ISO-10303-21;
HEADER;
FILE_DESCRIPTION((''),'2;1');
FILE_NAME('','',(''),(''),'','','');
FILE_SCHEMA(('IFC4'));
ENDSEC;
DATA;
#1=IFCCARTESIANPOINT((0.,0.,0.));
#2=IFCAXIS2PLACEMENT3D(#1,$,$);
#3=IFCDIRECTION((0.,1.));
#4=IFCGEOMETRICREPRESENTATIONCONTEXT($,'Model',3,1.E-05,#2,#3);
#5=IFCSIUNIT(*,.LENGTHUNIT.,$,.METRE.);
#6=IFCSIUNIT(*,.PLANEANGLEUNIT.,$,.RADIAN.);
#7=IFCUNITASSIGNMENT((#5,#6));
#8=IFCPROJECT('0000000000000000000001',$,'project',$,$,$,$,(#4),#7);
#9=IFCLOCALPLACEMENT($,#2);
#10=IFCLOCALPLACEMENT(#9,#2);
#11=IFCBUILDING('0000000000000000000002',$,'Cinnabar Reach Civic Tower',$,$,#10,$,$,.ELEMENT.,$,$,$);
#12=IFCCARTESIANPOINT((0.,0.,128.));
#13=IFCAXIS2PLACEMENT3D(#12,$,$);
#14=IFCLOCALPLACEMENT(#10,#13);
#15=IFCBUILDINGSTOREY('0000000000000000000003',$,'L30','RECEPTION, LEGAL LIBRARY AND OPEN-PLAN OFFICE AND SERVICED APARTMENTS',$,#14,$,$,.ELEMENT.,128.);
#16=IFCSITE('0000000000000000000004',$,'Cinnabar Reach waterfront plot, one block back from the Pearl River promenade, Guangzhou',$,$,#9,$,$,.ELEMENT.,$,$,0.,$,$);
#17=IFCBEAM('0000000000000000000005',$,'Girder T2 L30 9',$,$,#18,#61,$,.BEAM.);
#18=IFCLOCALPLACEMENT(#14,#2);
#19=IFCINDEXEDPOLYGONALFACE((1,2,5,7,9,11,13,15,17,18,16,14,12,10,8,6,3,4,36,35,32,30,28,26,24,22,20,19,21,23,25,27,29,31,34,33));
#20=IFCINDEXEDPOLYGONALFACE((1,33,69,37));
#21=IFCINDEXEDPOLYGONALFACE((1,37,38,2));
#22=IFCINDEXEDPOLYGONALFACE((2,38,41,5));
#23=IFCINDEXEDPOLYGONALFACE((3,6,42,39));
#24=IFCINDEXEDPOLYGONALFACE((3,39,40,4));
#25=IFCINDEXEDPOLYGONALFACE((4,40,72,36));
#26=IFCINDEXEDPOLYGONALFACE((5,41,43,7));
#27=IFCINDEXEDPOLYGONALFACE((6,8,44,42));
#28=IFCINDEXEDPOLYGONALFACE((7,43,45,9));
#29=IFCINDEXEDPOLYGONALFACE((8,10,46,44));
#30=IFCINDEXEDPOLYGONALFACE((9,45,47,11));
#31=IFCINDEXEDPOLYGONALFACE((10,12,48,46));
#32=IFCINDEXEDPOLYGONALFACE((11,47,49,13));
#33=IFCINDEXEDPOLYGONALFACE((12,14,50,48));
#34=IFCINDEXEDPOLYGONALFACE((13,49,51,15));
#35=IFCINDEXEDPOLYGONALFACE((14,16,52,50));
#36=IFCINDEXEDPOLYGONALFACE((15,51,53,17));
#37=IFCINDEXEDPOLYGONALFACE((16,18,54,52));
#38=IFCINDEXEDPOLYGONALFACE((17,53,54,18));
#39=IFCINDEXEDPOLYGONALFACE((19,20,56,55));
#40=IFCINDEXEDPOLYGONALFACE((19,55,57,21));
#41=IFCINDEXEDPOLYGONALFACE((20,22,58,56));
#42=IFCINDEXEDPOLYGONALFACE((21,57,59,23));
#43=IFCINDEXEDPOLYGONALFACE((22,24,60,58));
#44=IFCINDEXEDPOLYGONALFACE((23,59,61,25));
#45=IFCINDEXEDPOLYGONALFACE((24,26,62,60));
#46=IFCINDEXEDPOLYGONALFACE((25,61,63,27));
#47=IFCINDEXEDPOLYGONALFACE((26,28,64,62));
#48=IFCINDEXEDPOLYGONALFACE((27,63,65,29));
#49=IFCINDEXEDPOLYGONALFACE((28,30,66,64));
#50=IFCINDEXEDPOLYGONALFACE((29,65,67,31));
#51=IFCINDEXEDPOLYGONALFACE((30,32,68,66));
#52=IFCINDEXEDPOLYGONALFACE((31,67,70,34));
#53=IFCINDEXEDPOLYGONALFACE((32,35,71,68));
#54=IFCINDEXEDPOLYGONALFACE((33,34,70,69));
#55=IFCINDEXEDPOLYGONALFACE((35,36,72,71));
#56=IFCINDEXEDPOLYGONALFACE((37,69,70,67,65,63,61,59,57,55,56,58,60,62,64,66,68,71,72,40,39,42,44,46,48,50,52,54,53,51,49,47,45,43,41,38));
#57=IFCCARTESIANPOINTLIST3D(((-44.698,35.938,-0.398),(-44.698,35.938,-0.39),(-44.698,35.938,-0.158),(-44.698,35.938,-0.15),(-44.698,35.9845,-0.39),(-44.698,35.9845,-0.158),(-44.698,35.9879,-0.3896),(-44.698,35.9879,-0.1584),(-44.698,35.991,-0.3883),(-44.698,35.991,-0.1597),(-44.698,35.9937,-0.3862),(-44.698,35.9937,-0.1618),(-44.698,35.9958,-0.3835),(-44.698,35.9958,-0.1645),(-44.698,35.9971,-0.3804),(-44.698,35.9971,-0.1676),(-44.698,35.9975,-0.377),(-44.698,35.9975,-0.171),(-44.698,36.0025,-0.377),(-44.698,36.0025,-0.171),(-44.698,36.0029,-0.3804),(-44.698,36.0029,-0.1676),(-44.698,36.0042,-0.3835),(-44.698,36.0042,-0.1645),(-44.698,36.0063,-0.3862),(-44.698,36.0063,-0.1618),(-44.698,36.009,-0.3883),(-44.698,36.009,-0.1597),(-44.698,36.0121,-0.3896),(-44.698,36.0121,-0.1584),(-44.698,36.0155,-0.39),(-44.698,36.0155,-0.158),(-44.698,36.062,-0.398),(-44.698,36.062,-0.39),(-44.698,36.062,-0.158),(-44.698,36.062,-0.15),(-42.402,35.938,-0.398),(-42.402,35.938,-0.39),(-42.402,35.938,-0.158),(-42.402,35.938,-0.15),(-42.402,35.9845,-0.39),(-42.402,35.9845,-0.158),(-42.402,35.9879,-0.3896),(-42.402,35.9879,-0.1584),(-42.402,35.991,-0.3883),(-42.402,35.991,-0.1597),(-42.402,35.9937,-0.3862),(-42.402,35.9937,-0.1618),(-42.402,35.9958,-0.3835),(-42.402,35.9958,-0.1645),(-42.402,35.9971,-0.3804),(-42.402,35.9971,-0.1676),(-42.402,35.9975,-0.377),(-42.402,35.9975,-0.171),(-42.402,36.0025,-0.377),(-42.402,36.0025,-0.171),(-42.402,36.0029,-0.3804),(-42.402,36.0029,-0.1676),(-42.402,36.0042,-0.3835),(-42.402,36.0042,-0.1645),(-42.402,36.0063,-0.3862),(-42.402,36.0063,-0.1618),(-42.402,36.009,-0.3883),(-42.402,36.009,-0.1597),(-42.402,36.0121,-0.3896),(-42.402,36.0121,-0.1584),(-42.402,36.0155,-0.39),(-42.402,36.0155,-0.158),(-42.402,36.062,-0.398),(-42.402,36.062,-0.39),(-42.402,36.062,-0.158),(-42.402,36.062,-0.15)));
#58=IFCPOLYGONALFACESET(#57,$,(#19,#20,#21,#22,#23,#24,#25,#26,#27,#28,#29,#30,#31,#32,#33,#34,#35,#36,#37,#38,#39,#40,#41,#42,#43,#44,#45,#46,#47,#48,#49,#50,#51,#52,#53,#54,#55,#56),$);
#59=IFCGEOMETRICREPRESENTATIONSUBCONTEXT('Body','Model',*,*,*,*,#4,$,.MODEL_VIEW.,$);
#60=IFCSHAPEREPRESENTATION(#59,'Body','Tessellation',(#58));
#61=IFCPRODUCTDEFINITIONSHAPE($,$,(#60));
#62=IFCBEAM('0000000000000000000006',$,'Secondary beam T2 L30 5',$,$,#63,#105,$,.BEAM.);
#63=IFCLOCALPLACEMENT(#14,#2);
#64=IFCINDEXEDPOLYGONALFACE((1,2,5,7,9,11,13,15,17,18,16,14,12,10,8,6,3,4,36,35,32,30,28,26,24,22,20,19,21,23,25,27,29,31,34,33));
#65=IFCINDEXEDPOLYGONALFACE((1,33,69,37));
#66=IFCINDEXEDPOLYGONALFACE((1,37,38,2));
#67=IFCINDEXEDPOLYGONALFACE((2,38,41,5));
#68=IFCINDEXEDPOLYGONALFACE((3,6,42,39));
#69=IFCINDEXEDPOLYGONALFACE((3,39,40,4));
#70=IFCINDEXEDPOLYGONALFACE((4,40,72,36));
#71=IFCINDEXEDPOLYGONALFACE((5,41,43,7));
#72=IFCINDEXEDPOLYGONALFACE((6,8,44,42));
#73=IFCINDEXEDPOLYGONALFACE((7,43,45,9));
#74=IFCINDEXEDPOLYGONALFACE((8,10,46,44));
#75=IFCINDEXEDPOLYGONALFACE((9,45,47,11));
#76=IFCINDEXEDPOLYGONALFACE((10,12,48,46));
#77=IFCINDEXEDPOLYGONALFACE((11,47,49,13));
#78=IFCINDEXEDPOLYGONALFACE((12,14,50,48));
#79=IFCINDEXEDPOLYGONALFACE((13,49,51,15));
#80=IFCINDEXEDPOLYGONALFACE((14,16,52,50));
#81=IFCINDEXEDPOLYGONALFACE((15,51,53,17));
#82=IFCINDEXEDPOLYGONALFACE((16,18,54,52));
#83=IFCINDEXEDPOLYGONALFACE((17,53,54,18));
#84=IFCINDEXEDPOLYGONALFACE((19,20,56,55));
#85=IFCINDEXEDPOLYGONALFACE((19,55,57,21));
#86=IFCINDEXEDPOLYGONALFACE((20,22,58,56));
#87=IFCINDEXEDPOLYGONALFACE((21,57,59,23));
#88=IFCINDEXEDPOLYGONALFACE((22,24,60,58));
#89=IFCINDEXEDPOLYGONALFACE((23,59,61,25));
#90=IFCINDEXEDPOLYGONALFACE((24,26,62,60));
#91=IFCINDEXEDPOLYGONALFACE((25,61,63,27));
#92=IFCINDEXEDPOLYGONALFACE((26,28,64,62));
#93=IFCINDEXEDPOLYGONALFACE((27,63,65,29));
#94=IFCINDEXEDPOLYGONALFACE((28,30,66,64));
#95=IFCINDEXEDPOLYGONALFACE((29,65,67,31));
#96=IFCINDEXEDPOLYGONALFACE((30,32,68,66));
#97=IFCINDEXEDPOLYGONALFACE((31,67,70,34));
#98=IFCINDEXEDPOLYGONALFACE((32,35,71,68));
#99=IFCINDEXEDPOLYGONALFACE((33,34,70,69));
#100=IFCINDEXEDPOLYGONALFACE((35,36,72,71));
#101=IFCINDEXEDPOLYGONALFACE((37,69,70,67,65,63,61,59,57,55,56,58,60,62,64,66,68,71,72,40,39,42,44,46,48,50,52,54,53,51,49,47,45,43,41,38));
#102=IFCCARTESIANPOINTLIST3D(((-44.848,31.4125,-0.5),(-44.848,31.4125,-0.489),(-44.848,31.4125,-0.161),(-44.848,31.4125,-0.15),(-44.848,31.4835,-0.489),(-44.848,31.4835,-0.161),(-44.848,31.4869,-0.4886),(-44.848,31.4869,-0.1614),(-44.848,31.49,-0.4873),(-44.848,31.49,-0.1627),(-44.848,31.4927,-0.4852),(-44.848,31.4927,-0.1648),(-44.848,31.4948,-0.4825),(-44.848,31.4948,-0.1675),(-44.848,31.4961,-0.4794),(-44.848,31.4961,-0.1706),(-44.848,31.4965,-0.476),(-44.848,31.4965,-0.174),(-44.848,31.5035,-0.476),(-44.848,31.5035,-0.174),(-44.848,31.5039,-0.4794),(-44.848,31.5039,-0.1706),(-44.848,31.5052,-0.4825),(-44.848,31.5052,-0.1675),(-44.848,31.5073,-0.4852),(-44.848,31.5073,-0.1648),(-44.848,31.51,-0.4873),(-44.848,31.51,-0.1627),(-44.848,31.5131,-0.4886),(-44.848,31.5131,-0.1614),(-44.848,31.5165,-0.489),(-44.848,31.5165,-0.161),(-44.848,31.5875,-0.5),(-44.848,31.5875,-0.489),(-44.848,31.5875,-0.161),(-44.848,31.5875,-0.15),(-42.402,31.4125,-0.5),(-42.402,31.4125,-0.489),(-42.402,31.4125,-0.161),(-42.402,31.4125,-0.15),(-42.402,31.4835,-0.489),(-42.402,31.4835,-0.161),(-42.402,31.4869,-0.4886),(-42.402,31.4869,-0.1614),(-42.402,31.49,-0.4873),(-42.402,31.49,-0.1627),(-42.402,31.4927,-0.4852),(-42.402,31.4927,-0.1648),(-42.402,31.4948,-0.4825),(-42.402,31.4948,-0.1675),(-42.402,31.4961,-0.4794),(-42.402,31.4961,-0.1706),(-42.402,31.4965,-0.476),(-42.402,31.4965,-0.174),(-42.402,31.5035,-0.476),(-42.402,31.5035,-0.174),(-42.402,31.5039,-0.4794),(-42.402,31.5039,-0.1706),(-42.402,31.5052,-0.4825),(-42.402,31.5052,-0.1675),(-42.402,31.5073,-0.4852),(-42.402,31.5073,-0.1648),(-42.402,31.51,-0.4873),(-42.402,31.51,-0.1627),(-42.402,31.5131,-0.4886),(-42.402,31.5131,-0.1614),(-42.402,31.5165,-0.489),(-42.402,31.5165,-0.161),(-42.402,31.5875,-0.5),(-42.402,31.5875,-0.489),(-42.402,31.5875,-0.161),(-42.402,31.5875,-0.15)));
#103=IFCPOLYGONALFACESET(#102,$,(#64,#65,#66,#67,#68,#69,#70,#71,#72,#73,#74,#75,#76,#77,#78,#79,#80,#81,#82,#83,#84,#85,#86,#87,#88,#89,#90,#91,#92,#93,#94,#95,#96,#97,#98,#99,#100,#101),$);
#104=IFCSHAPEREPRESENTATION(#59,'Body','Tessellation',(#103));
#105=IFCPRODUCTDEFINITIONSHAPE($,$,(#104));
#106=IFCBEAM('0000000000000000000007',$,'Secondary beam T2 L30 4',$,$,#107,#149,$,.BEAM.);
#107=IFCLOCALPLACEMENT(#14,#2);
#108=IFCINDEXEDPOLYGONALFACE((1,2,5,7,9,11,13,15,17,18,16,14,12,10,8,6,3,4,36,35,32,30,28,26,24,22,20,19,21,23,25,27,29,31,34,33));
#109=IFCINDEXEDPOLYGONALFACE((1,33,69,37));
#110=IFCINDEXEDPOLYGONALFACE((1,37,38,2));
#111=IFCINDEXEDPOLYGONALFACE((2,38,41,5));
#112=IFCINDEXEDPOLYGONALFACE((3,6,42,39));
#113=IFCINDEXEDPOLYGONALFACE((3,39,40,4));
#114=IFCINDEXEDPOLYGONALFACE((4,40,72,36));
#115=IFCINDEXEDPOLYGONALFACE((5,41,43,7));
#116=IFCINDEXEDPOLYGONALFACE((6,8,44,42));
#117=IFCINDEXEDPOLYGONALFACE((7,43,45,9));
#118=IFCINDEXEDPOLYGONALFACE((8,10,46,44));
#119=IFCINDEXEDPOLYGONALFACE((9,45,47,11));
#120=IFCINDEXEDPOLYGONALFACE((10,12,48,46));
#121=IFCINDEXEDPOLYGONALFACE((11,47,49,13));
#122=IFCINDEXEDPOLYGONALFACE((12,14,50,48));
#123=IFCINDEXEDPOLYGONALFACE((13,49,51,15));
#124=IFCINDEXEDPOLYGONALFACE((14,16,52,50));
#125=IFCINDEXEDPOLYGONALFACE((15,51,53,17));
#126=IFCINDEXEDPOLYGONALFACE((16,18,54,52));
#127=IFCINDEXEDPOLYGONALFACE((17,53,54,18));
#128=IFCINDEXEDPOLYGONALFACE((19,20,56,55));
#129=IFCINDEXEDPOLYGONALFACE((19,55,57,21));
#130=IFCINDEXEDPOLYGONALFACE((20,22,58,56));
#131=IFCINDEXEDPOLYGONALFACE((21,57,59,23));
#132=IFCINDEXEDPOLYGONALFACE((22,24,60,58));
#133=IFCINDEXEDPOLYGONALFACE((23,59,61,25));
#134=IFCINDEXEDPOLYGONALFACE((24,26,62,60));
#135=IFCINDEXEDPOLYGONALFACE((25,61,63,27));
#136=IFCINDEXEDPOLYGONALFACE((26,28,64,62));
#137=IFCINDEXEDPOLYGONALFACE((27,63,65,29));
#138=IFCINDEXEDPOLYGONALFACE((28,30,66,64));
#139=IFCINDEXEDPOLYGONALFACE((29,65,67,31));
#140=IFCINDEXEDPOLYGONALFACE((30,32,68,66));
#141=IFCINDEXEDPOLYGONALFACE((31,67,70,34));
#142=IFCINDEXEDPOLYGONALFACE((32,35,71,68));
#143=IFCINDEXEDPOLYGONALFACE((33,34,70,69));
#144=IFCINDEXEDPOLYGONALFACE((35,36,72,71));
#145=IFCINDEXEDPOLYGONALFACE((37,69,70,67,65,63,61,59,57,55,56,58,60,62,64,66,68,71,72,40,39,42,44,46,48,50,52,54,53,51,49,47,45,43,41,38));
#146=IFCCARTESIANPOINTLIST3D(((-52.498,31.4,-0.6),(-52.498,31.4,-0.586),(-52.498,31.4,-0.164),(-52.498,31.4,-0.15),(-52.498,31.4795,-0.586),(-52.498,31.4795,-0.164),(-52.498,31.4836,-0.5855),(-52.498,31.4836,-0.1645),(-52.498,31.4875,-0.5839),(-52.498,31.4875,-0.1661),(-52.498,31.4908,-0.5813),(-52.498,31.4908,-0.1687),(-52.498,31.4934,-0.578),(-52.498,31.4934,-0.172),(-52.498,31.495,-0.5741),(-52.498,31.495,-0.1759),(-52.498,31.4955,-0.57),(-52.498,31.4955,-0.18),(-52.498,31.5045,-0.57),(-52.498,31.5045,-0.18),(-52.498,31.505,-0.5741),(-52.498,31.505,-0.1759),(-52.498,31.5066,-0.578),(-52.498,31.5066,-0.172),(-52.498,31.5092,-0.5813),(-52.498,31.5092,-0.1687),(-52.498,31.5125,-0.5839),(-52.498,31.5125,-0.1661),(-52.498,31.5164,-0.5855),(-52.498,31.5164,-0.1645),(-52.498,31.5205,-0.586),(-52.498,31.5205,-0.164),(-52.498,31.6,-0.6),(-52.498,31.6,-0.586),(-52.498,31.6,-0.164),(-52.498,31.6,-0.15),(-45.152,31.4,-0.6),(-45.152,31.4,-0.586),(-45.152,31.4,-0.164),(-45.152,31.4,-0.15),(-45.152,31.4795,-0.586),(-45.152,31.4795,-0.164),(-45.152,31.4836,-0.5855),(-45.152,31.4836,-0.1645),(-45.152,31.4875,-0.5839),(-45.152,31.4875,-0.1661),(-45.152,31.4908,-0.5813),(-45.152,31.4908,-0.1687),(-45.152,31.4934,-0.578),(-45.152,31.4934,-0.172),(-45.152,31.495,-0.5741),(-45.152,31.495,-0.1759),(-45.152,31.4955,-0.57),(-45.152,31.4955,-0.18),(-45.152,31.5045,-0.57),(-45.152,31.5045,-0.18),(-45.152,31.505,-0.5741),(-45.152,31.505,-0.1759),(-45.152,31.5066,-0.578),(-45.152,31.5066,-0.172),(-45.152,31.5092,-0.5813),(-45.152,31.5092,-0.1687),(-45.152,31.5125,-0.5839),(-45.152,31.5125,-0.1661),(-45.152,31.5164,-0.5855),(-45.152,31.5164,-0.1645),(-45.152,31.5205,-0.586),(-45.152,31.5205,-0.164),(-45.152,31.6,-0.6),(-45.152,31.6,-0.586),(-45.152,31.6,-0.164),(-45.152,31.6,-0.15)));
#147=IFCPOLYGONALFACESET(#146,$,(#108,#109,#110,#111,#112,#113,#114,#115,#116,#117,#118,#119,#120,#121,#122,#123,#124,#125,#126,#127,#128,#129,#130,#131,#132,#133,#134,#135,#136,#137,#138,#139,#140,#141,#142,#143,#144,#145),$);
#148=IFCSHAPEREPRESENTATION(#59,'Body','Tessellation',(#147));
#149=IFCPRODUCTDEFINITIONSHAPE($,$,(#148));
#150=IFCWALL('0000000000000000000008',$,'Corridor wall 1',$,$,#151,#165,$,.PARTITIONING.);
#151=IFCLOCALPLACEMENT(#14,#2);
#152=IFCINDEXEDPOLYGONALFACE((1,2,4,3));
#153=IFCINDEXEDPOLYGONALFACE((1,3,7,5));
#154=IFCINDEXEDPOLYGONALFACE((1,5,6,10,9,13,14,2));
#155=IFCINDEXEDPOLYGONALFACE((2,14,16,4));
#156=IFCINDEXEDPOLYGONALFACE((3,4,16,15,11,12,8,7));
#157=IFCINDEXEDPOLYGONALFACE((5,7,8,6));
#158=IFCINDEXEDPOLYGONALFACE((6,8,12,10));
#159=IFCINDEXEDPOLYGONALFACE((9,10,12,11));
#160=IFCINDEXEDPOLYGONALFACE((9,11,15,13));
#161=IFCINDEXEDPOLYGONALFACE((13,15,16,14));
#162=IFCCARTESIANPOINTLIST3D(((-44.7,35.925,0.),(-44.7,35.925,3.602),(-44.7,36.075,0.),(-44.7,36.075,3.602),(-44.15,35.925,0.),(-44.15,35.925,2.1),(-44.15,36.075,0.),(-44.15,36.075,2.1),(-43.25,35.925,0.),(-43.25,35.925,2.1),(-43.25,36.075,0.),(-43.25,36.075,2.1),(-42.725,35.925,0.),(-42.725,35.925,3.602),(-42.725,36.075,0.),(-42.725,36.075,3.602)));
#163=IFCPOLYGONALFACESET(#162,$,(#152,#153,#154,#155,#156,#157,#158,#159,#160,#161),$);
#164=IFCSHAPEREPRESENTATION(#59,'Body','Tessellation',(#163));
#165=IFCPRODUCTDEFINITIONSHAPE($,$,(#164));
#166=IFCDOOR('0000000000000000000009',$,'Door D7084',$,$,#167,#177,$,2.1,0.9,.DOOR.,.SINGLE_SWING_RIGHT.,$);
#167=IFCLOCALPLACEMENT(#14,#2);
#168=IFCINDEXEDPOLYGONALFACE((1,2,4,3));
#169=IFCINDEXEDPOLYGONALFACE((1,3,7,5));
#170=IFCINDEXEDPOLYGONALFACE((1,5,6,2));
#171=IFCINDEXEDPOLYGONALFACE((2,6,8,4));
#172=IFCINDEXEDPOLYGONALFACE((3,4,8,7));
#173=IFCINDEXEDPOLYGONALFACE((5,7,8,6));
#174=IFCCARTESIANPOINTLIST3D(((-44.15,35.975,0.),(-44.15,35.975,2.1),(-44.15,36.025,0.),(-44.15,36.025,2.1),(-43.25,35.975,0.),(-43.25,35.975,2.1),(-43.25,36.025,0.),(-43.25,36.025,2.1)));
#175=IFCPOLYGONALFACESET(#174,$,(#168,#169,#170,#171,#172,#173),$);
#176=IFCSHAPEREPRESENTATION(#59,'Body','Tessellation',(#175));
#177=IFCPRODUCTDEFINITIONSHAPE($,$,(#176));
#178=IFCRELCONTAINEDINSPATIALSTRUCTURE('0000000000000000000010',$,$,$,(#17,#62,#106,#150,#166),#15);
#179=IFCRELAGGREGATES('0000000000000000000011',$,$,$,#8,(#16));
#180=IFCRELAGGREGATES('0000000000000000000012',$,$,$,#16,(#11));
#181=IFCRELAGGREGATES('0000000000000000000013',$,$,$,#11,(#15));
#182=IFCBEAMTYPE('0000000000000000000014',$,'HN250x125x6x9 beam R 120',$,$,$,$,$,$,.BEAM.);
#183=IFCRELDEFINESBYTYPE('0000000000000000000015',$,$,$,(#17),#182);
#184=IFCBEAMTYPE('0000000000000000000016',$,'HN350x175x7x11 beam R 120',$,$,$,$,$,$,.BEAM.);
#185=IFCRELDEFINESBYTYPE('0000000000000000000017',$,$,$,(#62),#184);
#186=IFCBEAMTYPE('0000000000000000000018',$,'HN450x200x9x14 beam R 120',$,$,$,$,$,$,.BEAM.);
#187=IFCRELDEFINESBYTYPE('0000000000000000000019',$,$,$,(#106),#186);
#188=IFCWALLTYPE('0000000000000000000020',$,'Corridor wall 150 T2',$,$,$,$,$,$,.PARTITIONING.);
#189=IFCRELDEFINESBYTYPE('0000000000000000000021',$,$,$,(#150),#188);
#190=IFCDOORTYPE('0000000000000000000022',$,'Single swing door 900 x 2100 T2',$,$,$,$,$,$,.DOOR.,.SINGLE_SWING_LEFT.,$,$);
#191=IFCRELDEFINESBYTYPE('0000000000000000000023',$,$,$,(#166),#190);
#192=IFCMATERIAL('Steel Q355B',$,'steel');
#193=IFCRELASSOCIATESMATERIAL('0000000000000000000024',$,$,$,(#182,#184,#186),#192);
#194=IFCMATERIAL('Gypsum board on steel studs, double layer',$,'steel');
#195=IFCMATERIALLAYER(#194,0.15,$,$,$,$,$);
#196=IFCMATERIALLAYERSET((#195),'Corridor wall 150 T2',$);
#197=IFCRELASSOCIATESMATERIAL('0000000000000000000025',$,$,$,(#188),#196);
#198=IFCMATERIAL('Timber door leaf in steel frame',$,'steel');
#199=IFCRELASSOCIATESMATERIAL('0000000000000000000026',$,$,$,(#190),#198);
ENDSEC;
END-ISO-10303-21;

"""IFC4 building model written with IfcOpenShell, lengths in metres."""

from ifc_helpers import new_model, si_unit, direction, frame, frame_2d, origin, origin_2d, place, context, subcontext, project, spatial, rectangle, i_section, extrude, material, layer, layer_set, material_profile, profile_set, type_object, element, fill, save


model = new_model("IFC4")

# Units and contexts
model_context = context("Model", 3, precision=1e-05, world=origin(), true_north=direction((0.0, 1.0)))
body_context = subcontext(model_context, "Body", "Model", "MODEL_VIEW")
ifc_project = project(units=[si_unit("LENGTHUNIT", "METRE"), si_unit("PLANEANGLEUNIT", "RADIAN")], contexts=[model_context])

# Site, building, storey
site_placement = place(None, origin())
site = spatial("IfcSite", under=ifc_project, at=site_placement, Name="Cinnabar Reach waterfront plot, one block back from the Pearl River promenade, Guangzhou", CompositionType="ELEMENT", RefElevation=0.0)
building_placement = place(site_placement, origin())
building = spatial("IfcBuilding", under=site, at=building_placement, Name="Cinnabar Reach Civic Tower", CompositionType="ELEMENT")
storey_placement = place(building_placement, frame((0.0, 0.0, 128.0)))
storey = spatial("IfcBuildingStorey", under=building, at=storey_placement, Name="L30", Description="RECEPTION, LEGAL LIBRARY AND OPEN-PLAN OFFICE AND SERVICED APARTMENTS", CompositionType="ELEMENT", Elevation=128.0)

# Beams
ifc_material_1 = material(Name="Steel Q355B", Category="steel")
ifc_material_profile_1 = material_profile(ifc_material_1, i_section(OverallWidth=0.124, OverallDepth=0.248, WebThickness=0.005, FlangeThickness=0.008, FilletRadius=0.013, at=origin_2d()), Name="HN250x125x6x9")
ifc_profile_set_1 = profile_set([ifc_material_profile_1], Name="Steel Q355B")
beam_type_1 = type_object("IfcBeamType", Name="HN250x125x6x9 beam R 120", PredefinedType="BEAM", material=ifc_profile_set_1)
beam_1_placement = place(storey_placement, frame((-44.698, 36.0, -0.274), z_axis=(1.0, 0.0, 0.0), x_axis=(0.0, 1.0, 0.0)))
element("IfcBeam", 1, at=beam_1_placement, inside=storey, type_object=beam_type_1, Name="Girder T2 L30 9", PredefinedType="BEAM", context=body_context, shape_type="SweptSolid", body=[
    extrude(i_section(OverallWidth=0.124, OverallDepth=0.248, WebThickness=0.005, FlangeThickness=0.008, FilletRadius=0.013, at=origin_2d()), origin(), (0.0, 0.0, 1.0), 2.296),
])
ifc_material_profile_2 = material_profile(ifc_material_1, i_section(OverallWidth=0.175, OverallDepth=0.35, WebThickness=0.007, FlangeThickness=0.011, FilletRadius=0.013, at=origin_2d()), Name="HN350x175x7x11")
ifc_profile_set_2 = profile_set([ifc_material_profile_2], Name="Steel Q355B")
beam_type_2 = type_object("IfcBeamType", Name="HN350x175x7x11 beam R 120", PredefinedType="BEAM", material=ifc_profile_set_2)
beam_2_placement = place(storey_placement, frame((-44.848, 31.5, -0.325), z_axis=(1.0, 0.0, 0.0), x_axis=(0.0, 1.0, 0.0)))
element("IfcBeam", 2, at=beam_2_placement, inside=storey, type_object=beam_type_2, Name="Secondary beam T2 L30 5", PredefinedType="BEAM", context=body_context, shape_type="SweptSolid", body=[
    extrude(i_section(OverallWidth=0.175, OverallDepth=0.35, WebThickness=0.007, FlangeThickness=0.011, FilletRadius=0.013, at=origin_2d()), origin(), (0.0, 0.0, 1.0), 2.446),
])
ifc_material_profile_3 = material_profile(ifc_material_1, i_section(OverallWidth=0.2, OverallDepth=0.45, WebThickness=0.009, FlangeThickness=0.014, FilletRadius=0.016, at=origin_2d()), Name="HN450x200x9x14")
ifc_profile_set_3 = profile_set([ifc_material_profile_3], Name="Steel Q355B")
beam_type_3 = type_object("IfcBeamType", Name="HN450x200x9x14 beam R 120", PredefinedType="BEAM", material=ifc_profile_set_3)
beam_3_placement = place(storey_placement, frame((-52.498, 31.5, -0.375), z_axis=(1.0, 0.0, 0.0), x_axis=(0.0, 1.0, 0.0)))
element("IfcBeam", 3, at=beam_3_placement, inside=storey, type_object=beam_type_3, Name="Secondary beam T2 L30 4", PredefinedType="BEAM", context=body_context, shape_type="SweptSolid", body=[
    extrude(i_section(OverallWidth=0.2, OverallDepth=0.45, WebThickness=0.009, FlangeThickness=0.014, FilletRadius=0.016, at=origin_2d()), origin(), (0.0, 0.0, 1.0), 7.346),
])

# Wall, opening, door
ifc_material_2 = material(Name="Gypsum board on steel studs, double layer", Category="steel")
ifc_layer_1 = layer(ifc_material_2, 0.15)
ifc_layer_set_1 = layer_set([ifc_layer_1], Name="Corridor wall 150 T2")
wall_type_1 = type_object("IfcWallType", Name="Corridor wall 150 T2", PredefinedType="PARTITIONING", material=ifc_layer_set_1)
wall_1_placement = place(storey_placement, frame((-44.7, 36.0, 0.0), z_axis=(0.0, 0.0, 1.0), x_axis=(1.0, 0.0, 0.0)))
wall_1 = element("IfcWall", 4, at=wall_1_placement, inside=storey, type_object=wall_type_1, Name="Corridor wall 1", PredefinedType="PARTITIONING", context=body_context, shape_type="SweptSolid", body=[
    extrude(rectangle(XDim=1.975, YDim=0.15, at=frame_2d((0.9875, 0.0))), origin(), (0.0, 0.0, 1.0), 3.602),
])
opening_1_placement = place(wall_1_placement, frame((0.55, 0.0, 0.0)))
opening_1 = element("IfcOpeningElement", 5, at=opening_1_placement, cuts=wall_1, PredefinedType="OPENING", context=body_context, shape_type="SweptSolid", body=[
    extrude(rectangle(XDim=0.9, YDim=2.1, at=frame_2d((0.45, 1.05))), frame((0.0, 0.085, 0.0), z_axis=(0.0, -1.0, 0.0), x_axis=(1.0, 0.0, 0.0)), (0.0, 0.0, 1.0), 0.17),
])
ifc_material_3 = material(Name="Timber door leaf in steel frame", Category="steel")
door_type_1 = type_object("IfcDoorType", Name="Single swing door 900 x 2100 T2", OperationType="SINGLE_SWING_LEFT", PredefinedType="DOOR", material=ifc_material_3)
door_1_placement = place(opening_1_placement, origin())
door_1 = element("IfcDoor", 6, at=door_1_placement, inside=storey, type_object=door_type_1, Name="Door D7084", OperationType="SINGLE_SWING_RIGHT", OverallHeight=2.1, OverallWidth=0.9, PredefinedType="DOOR", context=body_context, shape_type="SweptSolid", body=[
    extrude(rectangle(XDim=0.9, YDim=2.1, at=frame_2d((0.45, 1.05))), frame((0.0, 0.025, 0.0), z_axis=(0.0, -1.0, 0.0), x_axis=(1.0, 0.0, 0.0)), (0.0, 0.0, 1.0), 0.05),
])
fill(opening_1, door_1)

save(model, "model.ifc")
